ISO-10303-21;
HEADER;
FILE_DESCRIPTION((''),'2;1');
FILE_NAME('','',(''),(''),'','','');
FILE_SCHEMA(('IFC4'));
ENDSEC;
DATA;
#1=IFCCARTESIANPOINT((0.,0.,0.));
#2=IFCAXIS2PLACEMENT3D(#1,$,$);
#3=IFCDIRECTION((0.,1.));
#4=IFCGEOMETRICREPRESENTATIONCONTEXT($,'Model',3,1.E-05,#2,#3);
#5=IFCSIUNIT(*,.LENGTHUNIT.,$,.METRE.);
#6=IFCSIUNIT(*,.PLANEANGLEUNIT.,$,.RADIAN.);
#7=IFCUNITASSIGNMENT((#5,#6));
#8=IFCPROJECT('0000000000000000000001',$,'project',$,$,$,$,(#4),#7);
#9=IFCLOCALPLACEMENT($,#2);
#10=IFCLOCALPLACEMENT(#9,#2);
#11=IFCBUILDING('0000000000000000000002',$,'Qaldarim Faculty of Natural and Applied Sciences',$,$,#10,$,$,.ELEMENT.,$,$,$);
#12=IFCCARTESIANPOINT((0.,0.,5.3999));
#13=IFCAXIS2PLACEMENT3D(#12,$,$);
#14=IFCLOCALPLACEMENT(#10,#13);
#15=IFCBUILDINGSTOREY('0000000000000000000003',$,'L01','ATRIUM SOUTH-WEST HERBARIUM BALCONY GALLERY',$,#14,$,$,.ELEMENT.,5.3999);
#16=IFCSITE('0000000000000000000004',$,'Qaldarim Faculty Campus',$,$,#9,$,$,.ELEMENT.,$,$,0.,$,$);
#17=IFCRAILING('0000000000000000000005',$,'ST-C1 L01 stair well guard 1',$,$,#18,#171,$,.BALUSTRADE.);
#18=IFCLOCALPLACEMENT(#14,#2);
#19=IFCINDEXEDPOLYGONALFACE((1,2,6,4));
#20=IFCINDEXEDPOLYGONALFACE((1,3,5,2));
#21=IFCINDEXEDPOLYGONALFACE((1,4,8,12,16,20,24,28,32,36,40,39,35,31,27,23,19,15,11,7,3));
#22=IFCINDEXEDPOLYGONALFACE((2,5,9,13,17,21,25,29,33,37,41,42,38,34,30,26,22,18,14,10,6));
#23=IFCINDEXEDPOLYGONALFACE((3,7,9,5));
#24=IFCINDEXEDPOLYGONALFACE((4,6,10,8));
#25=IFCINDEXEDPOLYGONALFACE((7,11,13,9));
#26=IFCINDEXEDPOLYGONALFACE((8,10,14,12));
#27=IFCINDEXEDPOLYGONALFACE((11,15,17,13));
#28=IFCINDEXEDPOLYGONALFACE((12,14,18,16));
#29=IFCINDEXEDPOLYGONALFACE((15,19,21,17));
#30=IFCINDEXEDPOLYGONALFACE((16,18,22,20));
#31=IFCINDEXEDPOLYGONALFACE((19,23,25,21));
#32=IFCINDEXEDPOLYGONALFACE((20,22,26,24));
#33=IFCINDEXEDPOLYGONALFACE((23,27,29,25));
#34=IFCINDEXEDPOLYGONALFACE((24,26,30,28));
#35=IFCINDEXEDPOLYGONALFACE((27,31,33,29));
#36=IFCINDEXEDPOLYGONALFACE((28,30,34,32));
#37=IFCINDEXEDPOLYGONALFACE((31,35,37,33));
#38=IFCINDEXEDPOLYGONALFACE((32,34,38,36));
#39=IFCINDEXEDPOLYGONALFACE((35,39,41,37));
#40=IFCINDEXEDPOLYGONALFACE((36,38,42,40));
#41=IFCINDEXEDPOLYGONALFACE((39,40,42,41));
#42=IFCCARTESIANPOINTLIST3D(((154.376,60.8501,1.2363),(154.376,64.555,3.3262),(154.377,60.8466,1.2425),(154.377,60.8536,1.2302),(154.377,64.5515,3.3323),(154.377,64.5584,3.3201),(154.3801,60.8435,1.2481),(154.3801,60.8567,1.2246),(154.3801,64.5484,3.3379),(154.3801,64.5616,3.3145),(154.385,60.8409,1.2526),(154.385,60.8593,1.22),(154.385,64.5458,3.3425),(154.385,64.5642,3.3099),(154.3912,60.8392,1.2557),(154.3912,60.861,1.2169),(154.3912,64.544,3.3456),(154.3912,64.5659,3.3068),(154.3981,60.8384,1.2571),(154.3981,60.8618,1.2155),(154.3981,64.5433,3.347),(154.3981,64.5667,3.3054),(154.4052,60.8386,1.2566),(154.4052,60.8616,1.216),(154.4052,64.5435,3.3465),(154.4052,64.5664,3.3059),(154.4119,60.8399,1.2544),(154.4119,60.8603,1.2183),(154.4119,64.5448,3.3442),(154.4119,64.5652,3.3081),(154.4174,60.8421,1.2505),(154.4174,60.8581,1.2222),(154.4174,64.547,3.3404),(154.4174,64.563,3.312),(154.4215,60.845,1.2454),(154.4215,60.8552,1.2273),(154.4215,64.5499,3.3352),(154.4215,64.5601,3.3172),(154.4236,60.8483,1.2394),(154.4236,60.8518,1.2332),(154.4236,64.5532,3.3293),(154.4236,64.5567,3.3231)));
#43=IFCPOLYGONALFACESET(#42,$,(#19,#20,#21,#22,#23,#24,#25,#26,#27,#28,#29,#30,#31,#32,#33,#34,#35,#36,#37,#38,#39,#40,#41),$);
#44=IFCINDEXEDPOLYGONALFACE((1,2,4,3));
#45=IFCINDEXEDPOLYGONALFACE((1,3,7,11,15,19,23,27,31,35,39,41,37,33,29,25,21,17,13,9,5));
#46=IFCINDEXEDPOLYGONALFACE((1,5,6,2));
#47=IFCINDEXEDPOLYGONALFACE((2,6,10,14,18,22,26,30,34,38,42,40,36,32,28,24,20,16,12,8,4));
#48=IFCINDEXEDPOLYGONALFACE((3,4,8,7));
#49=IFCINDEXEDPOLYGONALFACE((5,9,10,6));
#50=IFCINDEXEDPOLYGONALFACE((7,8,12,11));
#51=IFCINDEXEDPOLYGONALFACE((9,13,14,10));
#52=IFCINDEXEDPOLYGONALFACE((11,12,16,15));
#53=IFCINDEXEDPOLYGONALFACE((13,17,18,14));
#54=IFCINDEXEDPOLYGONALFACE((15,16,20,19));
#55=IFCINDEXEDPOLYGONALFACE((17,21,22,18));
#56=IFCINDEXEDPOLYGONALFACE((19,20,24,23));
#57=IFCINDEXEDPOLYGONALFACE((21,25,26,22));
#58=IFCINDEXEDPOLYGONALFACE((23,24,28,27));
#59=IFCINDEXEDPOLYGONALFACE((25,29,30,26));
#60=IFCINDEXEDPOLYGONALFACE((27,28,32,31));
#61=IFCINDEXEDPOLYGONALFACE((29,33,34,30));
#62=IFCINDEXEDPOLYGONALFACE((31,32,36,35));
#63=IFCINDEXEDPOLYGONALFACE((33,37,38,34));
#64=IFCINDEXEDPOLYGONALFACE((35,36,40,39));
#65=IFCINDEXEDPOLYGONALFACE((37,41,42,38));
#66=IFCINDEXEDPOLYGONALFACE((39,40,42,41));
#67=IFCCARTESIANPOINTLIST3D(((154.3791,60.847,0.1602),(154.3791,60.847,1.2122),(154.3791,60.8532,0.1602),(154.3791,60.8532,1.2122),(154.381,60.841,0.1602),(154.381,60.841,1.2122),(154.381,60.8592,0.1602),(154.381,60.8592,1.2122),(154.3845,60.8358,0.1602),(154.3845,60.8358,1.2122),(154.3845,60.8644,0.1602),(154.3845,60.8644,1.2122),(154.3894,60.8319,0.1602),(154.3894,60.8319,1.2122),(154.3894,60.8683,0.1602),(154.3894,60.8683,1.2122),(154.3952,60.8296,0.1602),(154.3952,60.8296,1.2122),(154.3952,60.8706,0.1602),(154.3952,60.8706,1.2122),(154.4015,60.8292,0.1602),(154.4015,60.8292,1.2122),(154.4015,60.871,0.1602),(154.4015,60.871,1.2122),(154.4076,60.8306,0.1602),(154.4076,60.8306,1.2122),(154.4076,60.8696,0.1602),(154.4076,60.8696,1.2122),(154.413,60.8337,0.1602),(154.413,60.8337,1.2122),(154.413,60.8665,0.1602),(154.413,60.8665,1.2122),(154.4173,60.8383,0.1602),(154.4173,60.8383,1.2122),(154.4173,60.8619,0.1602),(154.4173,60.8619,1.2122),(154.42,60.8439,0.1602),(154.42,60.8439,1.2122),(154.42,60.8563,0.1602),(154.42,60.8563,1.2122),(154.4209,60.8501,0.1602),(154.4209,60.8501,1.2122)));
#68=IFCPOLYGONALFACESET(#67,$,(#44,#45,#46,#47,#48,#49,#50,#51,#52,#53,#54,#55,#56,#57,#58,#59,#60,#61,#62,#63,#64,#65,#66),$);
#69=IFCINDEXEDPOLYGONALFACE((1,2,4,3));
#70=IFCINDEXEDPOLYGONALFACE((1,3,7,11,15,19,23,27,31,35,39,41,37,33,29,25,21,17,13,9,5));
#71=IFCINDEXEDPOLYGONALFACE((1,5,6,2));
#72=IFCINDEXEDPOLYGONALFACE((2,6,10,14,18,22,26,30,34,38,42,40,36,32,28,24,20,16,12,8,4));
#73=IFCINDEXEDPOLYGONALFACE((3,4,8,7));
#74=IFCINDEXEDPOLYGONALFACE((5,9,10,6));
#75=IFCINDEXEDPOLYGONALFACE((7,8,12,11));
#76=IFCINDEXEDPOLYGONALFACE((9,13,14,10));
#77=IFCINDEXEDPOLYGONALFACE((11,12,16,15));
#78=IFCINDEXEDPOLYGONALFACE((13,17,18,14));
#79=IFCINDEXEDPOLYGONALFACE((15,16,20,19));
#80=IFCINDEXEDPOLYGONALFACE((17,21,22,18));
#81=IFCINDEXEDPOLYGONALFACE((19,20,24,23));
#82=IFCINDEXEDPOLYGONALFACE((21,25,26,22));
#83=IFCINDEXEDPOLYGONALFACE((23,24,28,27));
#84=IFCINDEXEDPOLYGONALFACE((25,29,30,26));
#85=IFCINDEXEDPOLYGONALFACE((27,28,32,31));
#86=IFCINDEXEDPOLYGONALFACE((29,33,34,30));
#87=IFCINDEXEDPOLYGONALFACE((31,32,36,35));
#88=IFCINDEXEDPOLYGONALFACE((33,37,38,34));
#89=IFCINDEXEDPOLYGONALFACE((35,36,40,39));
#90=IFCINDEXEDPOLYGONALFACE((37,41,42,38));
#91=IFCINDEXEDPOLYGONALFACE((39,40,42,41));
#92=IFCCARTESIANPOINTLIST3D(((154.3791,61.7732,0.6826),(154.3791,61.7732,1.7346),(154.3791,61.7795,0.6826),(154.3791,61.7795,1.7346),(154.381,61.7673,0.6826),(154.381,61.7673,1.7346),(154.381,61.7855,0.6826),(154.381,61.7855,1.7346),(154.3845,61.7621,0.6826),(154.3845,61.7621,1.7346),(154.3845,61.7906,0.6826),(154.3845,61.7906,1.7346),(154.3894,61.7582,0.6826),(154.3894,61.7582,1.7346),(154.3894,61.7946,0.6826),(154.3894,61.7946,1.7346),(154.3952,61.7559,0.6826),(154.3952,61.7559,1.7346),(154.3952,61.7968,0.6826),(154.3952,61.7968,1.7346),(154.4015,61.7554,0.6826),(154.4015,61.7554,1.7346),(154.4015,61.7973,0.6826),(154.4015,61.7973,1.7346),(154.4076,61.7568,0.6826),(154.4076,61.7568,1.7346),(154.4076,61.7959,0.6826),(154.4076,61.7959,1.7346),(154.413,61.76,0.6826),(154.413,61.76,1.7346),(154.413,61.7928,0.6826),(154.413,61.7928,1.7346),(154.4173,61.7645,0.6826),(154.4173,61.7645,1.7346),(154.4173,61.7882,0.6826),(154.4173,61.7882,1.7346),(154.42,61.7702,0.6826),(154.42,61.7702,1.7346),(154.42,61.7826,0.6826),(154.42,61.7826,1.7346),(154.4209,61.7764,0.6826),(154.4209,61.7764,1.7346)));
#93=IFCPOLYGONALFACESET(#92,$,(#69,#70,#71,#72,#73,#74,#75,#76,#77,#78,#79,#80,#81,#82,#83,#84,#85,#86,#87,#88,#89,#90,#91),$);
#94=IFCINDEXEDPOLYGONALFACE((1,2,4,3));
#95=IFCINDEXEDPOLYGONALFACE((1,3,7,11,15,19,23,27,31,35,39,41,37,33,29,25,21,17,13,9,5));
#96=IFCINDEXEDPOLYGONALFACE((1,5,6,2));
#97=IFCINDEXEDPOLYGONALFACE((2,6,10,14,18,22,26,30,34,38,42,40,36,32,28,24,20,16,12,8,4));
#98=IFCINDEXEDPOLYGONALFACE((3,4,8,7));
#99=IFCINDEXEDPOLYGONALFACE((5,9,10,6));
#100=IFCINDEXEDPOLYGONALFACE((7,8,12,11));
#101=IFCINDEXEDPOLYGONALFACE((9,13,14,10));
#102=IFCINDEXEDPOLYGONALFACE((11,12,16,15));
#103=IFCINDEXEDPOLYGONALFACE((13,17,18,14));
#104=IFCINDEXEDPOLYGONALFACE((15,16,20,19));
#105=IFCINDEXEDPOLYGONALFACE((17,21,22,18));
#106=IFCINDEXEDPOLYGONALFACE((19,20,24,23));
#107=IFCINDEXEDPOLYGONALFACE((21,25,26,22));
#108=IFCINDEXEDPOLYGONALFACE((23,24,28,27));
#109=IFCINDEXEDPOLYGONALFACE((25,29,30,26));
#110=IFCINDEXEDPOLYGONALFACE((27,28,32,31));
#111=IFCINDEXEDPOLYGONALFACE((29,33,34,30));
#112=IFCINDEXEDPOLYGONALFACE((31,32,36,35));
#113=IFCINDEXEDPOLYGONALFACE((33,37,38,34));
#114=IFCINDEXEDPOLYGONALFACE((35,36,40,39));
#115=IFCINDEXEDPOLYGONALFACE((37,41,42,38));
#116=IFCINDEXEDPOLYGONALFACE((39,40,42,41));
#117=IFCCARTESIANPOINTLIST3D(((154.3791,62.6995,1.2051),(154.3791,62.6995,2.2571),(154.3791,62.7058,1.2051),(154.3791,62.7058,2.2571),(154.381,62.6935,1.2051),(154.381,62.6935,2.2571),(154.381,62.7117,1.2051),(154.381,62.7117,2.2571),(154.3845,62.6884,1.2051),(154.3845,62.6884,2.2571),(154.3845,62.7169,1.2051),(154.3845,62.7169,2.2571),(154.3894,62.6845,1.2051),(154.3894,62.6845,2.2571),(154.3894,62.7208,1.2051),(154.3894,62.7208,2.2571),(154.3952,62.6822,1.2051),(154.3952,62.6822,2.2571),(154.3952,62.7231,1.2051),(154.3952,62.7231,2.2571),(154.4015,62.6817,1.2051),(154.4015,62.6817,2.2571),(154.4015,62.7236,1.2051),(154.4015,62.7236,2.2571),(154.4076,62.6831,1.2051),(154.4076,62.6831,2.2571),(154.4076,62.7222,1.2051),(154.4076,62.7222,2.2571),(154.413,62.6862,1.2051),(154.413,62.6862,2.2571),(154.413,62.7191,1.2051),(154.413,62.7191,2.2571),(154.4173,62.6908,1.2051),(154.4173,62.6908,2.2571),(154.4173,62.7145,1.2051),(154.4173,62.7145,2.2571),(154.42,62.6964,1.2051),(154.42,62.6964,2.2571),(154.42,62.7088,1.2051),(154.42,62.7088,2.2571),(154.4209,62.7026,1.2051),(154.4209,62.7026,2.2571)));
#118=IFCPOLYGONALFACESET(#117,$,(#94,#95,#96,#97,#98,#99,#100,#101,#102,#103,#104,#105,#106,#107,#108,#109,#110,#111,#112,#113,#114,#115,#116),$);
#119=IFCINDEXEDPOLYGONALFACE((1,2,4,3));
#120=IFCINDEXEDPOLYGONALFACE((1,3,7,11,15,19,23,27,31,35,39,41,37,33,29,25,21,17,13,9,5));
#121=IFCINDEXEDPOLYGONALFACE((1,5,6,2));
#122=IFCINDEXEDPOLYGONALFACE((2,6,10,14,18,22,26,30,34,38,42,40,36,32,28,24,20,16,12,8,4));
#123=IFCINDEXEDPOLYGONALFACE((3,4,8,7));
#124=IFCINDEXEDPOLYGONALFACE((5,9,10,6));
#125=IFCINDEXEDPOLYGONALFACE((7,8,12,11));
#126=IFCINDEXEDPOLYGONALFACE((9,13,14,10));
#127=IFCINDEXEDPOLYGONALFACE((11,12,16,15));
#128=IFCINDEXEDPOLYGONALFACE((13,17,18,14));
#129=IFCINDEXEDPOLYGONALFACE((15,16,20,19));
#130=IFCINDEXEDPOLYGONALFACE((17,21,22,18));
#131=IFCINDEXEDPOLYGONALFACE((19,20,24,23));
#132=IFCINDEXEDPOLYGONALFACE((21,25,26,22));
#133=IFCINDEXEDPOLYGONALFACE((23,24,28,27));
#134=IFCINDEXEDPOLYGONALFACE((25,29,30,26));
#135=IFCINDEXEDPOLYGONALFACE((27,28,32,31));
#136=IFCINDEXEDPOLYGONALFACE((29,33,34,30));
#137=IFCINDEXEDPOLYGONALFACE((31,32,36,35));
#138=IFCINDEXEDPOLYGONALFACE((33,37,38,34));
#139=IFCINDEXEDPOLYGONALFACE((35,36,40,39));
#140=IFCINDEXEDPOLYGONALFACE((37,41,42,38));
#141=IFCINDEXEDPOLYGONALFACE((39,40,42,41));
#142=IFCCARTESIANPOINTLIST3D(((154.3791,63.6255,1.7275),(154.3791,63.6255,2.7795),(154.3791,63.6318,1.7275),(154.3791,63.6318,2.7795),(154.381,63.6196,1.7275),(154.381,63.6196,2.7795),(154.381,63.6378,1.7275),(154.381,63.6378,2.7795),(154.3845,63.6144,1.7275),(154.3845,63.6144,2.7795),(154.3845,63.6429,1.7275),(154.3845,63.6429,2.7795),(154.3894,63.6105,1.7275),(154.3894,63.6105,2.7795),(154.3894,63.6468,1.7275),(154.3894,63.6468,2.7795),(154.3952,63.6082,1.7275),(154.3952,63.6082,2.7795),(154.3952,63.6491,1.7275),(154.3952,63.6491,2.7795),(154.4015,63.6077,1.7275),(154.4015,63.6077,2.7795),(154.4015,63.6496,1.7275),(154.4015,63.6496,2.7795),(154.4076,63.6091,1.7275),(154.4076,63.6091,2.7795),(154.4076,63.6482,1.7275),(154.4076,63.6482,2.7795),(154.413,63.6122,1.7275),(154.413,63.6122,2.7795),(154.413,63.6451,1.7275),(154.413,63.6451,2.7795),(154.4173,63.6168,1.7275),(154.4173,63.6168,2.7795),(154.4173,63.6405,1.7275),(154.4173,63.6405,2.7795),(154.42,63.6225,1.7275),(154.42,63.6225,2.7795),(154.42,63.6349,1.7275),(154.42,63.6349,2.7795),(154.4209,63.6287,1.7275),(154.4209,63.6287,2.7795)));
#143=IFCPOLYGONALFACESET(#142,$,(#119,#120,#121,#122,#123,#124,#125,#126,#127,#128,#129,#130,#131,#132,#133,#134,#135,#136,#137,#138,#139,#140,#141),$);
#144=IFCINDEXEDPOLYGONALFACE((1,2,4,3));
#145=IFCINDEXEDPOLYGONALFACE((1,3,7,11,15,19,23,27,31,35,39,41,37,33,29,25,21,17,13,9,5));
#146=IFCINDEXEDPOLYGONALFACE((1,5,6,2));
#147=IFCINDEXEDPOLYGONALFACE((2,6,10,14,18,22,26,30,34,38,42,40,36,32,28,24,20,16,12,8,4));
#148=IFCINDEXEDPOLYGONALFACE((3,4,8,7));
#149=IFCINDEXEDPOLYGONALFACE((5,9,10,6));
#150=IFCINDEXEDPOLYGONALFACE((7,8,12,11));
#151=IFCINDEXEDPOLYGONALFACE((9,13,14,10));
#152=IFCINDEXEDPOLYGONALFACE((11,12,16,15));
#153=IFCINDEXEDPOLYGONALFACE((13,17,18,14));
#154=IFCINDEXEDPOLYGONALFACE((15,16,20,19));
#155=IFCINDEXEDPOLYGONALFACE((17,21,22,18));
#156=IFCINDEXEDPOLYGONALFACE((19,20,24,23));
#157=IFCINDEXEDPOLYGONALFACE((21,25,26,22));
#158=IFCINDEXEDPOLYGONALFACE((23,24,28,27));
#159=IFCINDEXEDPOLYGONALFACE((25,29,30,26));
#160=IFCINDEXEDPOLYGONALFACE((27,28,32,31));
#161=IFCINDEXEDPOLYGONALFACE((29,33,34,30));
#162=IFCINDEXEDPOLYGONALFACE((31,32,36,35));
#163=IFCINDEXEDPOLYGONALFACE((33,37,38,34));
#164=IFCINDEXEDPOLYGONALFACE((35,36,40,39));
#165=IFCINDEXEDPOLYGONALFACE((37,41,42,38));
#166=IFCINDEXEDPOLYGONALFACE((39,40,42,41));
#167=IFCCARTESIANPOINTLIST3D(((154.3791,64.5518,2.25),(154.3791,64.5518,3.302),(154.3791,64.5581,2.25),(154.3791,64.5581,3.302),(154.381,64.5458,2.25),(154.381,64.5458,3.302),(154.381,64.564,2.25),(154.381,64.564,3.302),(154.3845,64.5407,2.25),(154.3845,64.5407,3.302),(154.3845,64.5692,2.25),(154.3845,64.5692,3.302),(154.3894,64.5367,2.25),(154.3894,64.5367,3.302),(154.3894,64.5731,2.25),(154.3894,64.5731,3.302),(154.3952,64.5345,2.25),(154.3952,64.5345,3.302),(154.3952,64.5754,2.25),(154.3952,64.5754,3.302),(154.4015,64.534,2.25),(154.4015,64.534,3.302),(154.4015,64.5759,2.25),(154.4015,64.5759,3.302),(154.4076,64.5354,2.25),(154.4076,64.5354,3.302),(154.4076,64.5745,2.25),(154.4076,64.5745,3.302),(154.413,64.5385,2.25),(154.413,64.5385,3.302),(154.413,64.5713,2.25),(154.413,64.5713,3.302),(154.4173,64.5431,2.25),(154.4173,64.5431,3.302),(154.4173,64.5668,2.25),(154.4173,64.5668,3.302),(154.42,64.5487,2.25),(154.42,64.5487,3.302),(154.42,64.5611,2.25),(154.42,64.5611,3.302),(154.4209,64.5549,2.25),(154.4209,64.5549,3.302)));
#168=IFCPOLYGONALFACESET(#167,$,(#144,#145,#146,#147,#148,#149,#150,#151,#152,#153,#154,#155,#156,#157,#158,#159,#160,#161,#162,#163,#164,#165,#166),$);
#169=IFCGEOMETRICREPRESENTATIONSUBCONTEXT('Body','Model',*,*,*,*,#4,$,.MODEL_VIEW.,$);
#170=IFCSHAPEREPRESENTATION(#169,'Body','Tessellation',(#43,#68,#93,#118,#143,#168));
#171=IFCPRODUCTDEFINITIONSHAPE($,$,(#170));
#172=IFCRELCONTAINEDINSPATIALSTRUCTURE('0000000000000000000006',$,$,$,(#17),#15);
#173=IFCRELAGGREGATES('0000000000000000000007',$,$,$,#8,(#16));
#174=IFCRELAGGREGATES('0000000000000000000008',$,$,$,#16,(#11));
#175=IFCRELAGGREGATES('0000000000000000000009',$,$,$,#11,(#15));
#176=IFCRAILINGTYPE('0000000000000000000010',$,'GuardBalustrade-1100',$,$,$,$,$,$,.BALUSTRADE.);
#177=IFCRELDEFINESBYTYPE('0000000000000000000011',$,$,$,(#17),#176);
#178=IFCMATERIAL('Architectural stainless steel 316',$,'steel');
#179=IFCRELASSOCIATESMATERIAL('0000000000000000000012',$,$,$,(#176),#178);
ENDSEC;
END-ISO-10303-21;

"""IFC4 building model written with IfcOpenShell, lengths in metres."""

from ifc_helpers import new_model, si_unit, direction, frame, origin, origin_2d, place, context, subcontext, project, spatial, circle, extrude, material, type_object, element, save


model = new_model("IFC4")

# Units and contexts
model_context = context("Model", 3, precision=1e-05, world=origin(), true_north=direction((0.0, 1.0)))
body_context = subcontext(model_context, "Body", "Model", "MODEL_VIEW")
ifc_project = project(units=[si_unit("LENGTHUNIT", "METRE"), si_unit("PLANEANGLEUNIT", "RADIAN")], contexts=[model_context])

# Site, building, storey
site_placement = place(None, origin())
site = spatial("IfcSite", under=ifc_project, at=site_placement, Name="Qaldarim Faculty Campus", CompositionType="ELEMENT", RefElevation=0.0)
building_placement = place(site_placement, origin())
building = spatial("IfcBuilding", under=site, at=building_placement, Name="Qaldarim Faculty of Natural and Applied Sciences", CompositionType="ELEMENT")
storey_placement = place(building_placement, frame((0.0, 0.0, 5.3999)))
storey = spatial("IfcBuildingStorey", under=building, at=storey_placement, Name="L01", Description="ATRIUM SOUTH-WEST HERBARIUM BALCONY GALLERY", CompositionType="ELEMENT", Elevation=5.3999)

# Railing
ifc_material_1 = material(Name="Architectural stainless steel 316", Category="steel")
railing_type = type_object("IfcRailingType", Name="GuardBalustrade-1100", PredefinedType="BALUSTRADE", material=ifc_material_1)
railing_1_placement = place(storey_placement, frame((154.3999, 60.8501, 0.1602)))
element("IfcRailing", 1, at=railing_1_placement, inside=storey, type_object=railing_type, Name="ST-C1 L01 stair well guard 1", PredefinedType="BALUSTRADE", context=body_context, shape_type="SweptSolid", body=[
    extrude(circle(Radius=0.0239, at=origin_2d()), frame((0.0, 0.0, 1.0762), z_axis=(0.0, 0.870985, 0.49131), x_axis=(-1.0, 0.0, 0.0)), (0.0, 0.0, 1.0), 4.2537),
    extrude(circle(Radius=0.021, at=origin_2d()), origin(), (0.0, 0.0, 1.0), 1.052),
    extrude(circle(Radius=0.021, at=origin_2d()), frame((0.0, 0.9263, 0.5225)), (0.0, 0.0, 1.0), 1.052),
    extrude(circle(Radius=0.021, at=origin_2d()), frame((0.0, 1.8525, 1.0449)), (0.0, 0.0, 1.0), 1.052),
    extrude(circle(Radius=0.021, at=origin_2d()), frame((0.0, 2.7786, 1.5674)), (0.0, 0.0, 1.0), 1.052),
    extrude(circle(Radius=0.021, at=origin_2d()), frame((0.0, 3.7048, 2.0898)), (0.0, 0.0, 1.0), 1.052),
])

save(model, "model.ifc")
